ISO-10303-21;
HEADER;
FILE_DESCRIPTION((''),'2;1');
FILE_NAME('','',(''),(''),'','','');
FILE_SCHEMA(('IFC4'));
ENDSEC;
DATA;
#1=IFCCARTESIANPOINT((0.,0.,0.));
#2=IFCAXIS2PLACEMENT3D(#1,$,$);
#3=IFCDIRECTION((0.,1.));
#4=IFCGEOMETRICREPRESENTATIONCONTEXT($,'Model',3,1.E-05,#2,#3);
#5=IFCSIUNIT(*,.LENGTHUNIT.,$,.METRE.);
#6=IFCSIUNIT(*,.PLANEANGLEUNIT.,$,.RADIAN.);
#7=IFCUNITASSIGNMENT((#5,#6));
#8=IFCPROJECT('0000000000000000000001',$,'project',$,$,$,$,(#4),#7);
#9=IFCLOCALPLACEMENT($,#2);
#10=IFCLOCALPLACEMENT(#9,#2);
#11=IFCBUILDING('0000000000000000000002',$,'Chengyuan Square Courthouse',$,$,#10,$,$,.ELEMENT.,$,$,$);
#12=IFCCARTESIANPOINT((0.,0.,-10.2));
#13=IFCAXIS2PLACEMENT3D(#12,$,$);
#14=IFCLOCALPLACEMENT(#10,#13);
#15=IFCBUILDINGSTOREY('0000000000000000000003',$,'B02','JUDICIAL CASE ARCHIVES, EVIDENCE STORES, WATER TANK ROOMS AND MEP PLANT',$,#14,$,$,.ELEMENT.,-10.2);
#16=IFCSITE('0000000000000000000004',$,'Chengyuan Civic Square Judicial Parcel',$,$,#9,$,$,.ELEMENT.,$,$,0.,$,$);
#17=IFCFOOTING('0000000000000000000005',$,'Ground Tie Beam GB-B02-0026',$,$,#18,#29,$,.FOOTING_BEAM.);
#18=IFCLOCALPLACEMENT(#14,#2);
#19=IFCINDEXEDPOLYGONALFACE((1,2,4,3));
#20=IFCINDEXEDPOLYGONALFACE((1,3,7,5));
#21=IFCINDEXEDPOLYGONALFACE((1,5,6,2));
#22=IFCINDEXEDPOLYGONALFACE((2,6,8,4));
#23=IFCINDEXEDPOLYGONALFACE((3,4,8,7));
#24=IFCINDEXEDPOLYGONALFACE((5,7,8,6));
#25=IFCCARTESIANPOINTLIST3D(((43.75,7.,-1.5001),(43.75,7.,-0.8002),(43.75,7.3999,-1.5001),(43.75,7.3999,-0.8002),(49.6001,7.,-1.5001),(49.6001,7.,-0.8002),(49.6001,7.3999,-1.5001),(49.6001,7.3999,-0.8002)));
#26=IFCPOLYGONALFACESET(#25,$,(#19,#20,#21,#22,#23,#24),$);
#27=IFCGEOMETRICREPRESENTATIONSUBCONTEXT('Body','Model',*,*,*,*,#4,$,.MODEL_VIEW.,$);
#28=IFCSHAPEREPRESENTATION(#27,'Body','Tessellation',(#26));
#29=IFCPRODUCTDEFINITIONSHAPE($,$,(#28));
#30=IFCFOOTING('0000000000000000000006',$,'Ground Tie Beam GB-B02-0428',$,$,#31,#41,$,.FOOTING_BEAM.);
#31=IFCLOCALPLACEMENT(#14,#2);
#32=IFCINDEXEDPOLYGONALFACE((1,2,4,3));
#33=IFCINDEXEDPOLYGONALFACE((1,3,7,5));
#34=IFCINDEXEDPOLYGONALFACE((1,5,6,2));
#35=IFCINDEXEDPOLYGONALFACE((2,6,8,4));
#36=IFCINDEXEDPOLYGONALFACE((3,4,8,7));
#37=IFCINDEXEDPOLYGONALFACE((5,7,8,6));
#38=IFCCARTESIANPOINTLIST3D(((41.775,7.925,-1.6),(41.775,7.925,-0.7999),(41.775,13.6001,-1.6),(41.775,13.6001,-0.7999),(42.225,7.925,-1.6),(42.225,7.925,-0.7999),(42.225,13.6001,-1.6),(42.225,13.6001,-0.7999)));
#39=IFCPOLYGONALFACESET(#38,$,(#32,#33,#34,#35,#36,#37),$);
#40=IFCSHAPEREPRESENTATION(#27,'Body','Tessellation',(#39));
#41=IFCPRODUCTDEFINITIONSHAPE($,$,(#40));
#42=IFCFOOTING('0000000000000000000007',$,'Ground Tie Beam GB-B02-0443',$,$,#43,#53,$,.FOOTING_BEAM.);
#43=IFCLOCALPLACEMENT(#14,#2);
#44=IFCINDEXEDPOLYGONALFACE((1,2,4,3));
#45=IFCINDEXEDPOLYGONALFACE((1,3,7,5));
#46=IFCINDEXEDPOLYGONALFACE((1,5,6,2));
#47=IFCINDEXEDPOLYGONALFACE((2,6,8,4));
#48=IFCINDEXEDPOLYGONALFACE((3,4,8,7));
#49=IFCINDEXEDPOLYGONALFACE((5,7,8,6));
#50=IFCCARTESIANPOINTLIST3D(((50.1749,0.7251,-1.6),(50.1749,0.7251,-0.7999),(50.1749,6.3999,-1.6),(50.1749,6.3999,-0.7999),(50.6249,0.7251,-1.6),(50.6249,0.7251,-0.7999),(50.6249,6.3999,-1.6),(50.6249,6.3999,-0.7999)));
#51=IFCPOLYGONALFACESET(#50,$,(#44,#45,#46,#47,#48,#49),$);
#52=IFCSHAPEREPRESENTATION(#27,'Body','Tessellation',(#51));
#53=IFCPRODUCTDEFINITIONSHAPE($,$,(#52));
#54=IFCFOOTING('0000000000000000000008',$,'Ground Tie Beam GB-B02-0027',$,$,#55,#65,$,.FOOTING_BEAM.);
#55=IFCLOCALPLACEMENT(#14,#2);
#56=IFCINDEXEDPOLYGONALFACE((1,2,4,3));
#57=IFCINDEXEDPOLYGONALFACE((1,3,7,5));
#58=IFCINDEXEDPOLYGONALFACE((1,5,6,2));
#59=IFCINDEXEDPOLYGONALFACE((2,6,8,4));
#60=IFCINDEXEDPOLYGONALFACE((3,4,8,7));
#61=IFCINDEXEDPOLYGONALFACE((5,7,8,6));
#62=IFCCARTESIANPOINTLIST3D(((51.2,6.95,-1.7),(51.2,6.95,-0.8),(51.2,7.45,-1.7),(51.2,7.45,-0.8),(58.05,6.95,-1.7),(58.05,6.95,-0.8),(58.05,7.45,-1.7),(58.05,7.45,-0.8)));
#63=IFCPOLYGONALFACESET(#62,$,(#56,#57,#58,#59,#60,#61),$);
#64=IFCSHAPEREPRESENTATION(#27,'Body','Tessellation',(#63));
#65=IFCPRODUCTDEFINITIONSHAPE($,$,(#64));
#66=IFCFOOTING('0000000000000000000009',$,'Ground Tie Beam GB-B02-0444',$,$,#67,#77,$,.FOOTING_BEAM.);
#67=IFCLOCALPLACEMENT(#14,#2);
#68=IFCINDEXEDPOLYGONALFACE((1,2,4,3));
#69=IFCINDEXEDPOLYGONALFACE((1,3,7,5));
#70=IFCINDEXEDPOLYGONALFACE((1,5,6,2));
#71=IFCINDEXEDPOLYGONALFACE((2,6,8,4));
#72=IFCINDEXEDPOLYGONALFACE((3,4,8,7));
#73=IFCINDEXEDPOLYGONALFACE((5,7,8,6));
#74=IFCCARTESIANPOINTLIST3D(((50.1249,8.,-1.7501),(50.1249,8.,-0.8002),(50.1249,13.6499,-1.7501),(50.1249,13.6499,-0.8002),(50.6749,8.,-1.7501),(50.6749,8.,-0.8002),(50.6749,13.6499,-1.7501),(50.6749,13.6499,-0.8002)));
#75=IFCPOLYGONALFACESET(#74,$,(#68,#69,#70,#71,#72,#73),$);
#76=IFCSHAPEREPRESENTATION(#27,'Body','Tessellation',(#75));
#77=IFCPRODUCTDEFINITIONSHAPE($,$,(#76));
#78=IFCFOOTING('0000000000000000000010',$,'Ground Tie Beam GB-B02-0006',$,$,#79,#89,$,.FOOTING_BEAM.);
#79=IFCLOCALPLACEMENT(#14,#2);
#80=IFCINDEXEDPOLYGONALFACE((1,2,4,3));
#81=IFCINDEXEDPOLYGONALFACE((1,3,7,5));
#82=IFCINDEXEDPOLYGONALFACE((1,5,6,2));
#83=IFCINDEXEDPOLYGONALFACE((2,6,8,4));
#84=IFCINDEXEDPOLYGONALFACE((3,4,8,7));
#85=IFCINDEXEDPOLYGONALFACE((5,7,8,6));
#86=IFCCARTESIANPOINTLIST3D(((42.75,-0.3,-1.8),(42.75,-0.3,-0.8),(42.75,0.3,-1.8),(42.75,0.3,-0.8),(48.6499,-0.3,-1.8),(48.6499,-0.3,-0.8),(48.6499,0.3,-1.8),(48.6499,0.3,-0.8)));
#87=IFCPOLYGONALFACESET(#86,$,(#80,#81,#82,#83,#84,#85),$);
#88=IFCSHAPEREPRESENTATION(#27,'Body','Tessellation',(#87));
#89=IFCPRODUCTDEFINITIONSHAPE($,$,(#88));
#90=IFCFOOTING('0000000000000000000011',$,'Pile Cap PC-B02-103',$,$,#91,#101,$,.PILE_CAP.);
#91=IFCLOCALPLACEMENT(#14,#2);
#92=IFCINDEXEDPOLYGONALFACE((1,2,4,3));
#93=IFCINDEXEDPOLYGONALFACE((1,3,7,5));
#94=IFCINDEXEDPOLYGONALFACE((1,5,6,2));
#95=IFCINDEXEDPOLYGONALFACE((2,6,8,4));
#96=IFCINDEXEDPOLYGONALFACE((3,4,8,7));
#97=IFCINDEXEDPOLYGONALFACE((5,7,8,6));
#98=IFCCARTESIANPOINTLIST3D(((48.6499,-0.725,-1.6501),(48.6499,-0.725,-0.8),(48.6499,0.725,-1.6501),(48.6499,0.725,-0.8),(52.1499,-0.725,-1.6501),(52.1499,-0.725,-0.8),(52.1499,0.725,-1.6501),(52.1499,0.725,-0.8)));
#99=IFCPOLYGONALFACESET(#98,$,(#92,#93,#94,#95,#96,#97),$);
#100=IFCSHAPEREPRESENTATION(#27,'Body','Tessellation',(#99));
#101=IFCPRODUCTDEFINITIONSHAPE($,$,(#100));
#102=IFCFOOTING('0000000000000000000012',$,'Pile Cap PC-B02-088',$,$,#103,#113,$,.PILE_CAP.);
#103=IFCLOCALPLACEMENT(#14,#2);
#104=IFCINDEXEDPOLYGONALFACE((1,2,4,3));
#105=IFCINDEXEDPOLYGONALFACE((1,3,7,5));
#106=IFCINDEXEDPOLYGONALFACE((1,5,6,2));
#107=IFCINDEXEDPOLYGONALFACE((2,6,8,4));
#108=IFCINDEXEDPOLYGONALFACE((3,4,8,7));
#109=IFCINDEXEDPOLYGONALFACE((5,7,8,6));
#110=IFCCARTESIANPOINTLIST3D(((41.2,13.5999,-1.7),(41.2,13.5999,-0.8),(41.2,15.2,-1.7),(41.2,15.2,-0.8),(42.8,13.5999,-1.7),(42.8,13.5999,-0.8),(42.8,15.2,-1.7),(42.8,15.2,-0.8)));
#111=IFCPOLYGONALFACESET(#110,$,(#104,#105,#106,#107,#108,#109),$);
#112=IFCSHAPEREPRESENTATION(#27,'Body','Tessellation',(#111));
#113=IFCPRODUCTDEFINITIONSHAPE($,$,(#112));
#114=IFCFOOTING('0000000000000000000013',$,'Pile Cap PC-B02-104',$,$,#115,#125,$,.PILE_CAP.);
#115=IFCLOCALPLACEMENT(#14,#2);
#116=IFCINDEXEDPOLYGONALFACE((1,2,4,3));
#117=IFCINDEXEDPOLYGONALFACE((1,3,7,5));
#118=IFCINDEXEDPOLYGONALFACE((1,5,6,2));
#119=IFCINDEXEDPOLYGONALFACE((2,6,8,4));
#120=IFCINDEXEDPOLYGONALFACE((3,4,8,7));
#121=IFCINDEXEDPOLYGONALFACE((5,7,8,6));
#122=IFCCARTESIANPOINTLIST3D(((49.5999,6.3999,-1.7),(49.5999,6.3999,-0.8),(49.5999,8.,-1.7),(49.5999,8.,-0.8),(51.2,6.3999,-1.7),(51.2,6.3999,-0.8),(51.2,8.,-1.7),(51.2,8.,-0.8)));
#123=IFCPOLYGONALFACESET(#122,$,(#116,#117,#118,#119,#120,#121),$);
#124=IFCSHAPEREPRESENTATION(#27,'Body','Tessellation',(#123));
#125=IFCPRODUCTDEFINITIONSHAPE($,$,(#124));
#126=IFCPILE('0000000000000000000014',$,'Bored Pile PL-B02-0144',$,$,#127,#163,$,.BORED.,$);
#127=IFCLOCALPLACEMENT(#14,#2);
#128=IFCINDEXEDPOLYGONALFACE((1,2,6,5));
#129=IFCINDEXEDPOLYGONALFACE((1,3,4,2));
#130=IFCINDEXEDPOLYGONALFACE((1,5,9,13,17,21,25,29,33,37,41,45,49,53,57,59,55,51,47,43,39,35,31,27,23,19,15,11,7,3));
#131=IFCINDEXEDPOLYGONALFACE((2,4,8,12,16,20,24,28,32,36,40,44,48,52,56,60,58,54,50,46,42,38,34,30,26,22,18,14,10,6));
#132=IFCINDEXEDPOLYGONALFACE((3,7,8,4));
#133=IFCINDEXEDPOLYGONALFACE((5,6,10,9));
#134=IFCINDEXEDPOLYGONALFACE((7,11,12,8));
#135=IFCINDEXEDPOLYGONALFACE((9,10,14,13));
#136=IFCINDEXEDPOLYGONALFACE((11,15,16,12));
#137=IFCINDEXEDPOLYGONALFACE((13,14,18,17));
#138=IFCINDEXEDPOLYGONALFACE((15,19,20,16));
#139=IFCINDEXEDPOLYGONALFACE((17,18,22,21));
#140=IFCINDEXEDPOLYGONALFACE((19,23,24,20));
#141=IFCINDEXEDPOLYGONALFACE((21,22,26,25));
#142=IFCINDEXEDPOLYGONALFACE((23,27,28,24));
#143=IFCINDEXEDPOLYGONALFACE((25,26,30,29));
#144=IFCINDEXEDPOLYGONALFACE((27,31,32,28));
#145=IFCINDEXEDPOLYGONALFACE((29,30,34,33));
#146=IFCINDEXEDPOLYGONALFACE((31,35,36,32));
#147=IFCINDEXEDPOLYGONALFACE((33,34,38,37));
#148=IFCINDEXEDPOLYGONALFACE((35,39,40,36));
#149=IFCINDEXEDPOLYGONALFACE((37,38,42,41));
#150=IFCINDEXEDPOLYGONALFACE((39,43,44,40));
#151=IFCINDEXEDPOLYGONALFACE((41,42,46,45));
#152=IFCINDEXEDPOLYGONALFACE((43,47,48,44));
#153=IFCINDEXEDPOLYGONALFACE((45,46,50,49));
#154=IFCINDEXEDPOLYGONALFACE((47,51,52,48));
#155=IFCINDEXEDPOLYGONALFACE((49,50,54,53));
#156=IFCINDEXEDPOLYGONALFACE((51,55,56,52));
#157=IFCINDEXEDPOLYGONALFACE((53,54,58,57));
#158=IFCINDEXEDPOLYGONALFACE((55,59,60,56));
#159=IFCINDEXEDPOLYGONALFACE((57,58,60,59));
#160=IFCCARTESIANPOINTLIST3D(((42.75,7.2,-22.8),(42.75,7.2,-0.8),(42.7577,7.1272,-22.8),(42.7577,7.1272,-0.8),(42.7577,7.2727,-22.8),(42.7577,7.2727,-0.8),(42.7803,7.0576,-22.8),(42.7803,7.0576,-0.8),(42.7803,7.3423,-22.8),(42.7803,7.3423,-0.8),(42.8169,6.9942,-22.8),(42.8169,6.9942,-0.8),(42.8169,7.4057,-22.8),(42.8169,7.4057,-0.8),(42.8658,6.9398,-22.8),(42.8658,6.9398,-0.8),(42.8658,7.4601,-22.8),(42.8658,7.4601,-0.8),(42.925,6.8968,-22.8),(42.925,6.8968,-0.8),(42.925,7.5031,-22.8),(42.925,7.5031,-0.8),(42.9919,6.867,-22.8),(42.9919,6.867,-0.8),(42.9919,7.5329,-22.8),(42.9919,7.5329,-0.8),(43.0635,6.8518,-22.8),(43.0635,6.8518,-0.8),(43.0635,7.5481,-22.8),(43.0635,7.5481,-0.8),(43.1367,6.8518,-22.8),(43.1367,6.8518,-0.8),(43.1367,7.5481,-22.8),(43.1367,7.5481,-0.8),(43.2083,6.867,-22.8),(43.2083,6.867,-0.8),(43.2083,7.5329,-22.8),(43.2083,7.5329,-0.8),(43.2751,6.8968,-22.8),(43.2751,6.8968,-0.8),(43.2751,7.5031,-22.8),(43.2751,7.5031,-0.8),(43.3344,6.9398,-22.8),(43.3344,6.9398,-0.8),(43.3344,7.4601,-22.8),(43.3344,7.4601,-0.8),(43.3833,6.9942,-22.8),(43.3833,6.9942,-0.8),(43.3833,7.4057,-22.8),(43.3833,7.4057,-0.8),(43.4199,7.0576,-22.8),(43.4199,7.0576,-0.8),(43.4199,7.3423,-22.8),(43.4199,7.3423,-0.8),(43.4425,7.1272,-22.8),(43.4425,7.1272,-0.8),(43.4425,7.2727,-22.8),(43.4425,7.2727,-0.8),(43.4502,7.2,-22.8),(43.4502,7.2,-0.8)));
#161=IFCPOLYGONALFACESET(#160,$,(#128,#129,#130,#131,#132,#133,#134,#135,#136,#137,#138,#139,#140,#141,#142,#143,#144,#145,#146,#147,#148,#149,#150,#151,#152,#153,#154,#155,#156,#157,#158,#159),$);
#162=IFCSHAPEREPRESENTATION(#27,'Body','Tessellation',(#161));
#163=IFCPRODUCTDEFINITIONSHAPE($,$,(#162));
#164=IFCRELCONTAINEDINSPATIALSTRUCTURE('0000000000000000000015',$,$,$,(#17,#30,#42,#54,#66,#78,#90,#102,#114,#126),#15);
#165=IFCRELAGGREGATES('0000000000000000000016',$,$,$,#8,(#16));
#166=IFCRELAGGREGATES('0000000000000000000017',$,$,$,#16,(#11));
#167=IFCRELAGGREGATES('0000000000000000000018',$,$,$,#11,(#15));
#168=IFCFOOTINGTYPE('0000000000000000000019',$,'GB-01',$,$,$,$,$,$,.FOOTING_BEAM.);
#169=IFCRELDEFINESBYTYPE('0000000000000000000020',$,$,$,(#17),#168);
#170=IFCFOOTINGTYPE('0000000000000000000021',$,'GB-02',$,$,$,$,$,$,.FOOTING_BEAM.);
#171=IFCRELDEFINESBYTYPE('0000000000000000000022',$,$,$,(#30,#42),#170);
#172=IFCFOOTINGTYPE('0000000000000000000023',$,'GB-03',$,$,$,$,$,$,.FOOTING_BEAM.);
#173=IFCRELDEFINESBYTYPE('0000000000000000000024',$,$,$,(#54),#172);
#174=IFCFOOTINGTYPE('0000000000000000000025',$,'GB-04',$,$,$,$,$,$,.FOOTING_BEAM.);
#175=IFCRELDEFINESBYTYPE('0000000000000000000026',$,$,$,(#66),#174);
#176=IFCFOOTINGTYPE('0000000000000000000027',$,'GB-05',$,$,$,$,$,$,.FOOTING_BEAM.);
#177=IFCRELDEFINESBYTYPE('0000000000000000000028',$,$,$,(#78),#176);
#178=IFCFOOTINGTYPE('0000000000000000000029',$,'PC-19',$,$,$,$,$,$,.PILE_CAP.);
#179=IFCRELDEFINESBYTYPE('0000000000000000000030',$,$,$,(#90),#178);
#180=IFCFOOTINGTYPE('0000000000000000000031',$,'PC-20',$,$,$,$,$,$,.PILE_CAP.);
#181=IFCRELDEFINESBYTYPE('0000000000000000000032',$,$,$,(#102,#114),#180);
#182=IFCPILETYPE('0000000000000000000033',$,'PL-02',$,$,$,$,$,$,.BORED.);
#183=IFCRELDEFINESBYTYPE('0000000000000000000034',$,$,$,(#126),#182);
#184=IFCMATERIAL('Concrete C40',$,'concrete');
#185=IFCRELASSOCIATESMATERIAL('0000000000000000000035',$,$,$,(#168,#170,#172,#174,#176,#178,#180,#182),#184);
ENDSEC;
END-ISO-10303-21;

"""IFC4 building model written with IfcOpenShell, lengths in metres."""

from ifc_helpers import new_model, si_unit, direction, frame, origin, origin_2d, place, context, subcontext, project, spatial, rectangle, circle, extrude, material, material_profile, profile_set, type_object, element, save


model = new_model("IFC4")

# Units and contexts
model_context = context("Model", 3, precision=1e-05, world=origin(), true_north=direction((0.0, 1.0)))
body_context = subcontext(model_context, "Body", "Model", "MODEL_VIEW")
ifc_project = project(units=[si_unit("LENGTHUNIT", "METRE"), si_unit("PLANEANGLEUNIT", "RADIAN")], contexts=[model_context])

# Site, building, storey
site_placement = place(None, origin())
site = spatial("IfcSite", under=ifc_project, at=site_placement, Name="Chengyuan Civic Square Judicial Parcel", CompositionType="ELEMENT", RefElevation=0.0)
building_placement = place(site_placement, origin())
building = spatial("IfcBuilding", under=site, at=building_placement, Name="Chengyuan Square Courthouse", CompositionType="ELEMENT")
storey_placement = place(building_placement, frame((0.0, 0.0, -10.2)))
storey = spatial("IfcBuildingStorey", under=building, at=storey_placement, Name="B02", Description="JUDICIAL CASE ARCHIVES, EVIDENCE STORES, WATER TANK ROOMS AND MEP PLANT", CompositionType="ELEMENT", Elevation=-10.2)

# Footings
ifc_material_1 = material(Name="Concrete C40", Category="concrete")
ifc_material_profile_1 = material_profile(ifc_material_1, rectangle(XDim=0.3999, YDim=0.7, at=origin_2d()), Name="GB-400x700")
ifc_profile_set_1 = profile_set([ifc_material_profile_1], Name="Concrete C40")
footing_type_1 = type_object("IfcFootingType", Name="GB-01", PredefinedType="FOOTING_BEAM", material=ifc_profile_set_1)
footing_1_placement = place(storey_placement, frame((43.75, 7.2, -1.1501), z_axis=(1.0, 0.0, 0.0), x_axis=(0.0, 1.0, 0.0)))
element("IfcFooting", 1, at=footing_1_placement, inside=storey, type_object=footing_type_1, Name="Ground Tie Beam GB-B02-0026", PredefinedType="FOOTING_BEAM", context=body_context, shape_type="SweptSolid", body=[
    extrude(rectangle(XDim=0.3999, YDim=0.7, at=origin_2d()), origin(), (0.0, 0.0, 1.0), 5.8501),
])
ifc_material_profile_2 = material_profile(ifc_material_1, rectangle(XDim=0.45, YDim=0.8, at=origin_2d()), Name="GB-450x800")
ifc_profile_set_2 = profile_set([ifc_material_profile_2], Name="Concrete C40")
footing_type_2 = type_object("IfcFootingType", Name="GB-02", PredefinedType="FOOTING_BEAM", material=ifc_profile_set_2)
footing_2_placement = place(storey_placement, frame((42.0, 7.925, -1.2), z_axis=(0.0, 1.0, 0.0), x_axis=(-1.0, 0.0, 0.0)))
element("IfcFooting", 2, at=footing_2_placement, inside=storey, type_object=footing_type_2, Name="Ground Tie Beam GB-B02-0428", PredefinedType="FOOTING_BEAM", context=body_context, shape_type="SweptSolid", body=[
    extrude(rectangle(XDim=0.45, YDim=0.8, at=origin_2d()), origin(), (0.0, 0.0, 1.0), 5.675),
])
footing_3_placement = place(storey_placement, frame((50.3999, 0.7251, -1.2), z_axis=(0.0, 1.0, 0.0), x_axis=(-1.0, 0.0, 0.0)))
element("IfcFooting", 3, at=footing_3_placement, inside=storey, type_object=footing_type_2, Name="Ground Tie Beam GB-B02-0443", PredefinedType="FOOTING_BEAM", context=body_context, shape_type="SweptSolid", body=[
    extrude(rectangle(XDim=0.45, YDim=0.8, at=origin_2d()), origin(), (0.0, 0.0, 1.0), 5.6748),
])
ifc_material_profile_3 = material_profile(ifc_material_1, rectangle(XDim=0.5, YDim=0.8999, at=origin_2d()), Name="GB-500x900")
ifc_profile_set_3 = profile_set([ifc_material_profile_3], Name="Concrete C40")
footing_type_3 = type_object("IfcFootingType", Name="GB-03", PredefinedType="FOOTING_BEAM", material=ifc_profile_set_3)
footing_4_placement = place(storey_placement, frame((51.2, 7.2, -1.25), z_axis=(1.0, 0.0, 0.0), x_axis=(0.0, 1.0, 0.0)))
element("IfcFooting", 4, at=footing_4_placement, inside=storey, type_object=footing_type_3, Name="Ground Tie Beam GB-B02-0027", PredefinedType="FOOTING_BEAM", context=body_context, shape_type="SweptSolid", body=[
    extrude(rectangle(XDim=0.5, YDim=0.8999, at=origin_2d()), origin(), (0.0, 0.0, 1.0), 6.8501),
])
ifc_material_profile_4 = material_profile(ifc_material_1, rectangle(XDim=0.55, YDim=0.95, at=origin_2d()), Name="GB-550x950")
ifc_profile_set_4 = profile_set([ifc_material_profile_4], Name="Concrete C40")
footing_type_4 = type_object("IfcFootingType", Name="GB-04", PredefinedType="FOOTING_BEAM", material=ifc_profile_set_4)
footing_5_placement = place(storey_placement, frame((50.3999, 8.0, -1.2751), z_axis=(0.0, 1.0, 0.0), x_axis=(-1.0, 0.0, 0.0)))
element("IfcFooting", 5, at=footing_5_placement, inside=storey, type_object=footing_type_4, Name="Ground Tie Beam GB-B02-0444", PredefinedType="FOOTING_BEAM", context=body_context, shape_type="SweptSolid", body=[
    extrude(rectangle(XDim=0.55, YDim=0.95, at=origin_2d()), origin(), (0.0, 0.0, 1.0), 5.6499),
])
ifc_material_profile_5 = material_profile(ifc_material_1, rectangle(XDim=0.6001, YDim=1.0, at=origin_2d()), Name="GB-600x1000")
ifc_profile_set_5 = profile_set([ifc_material_profile_5], Name="Concrete C40")
footing_type_5 = type_object("IfcFootingType", Name="GB-05", PredefinedType="FOOTING_BEAM", material=ifc_profile_set_5)
footing_6_placement = place(storey_placement, frame((42.75, 0.0, -1.3), z_axis=(1.0, 0.0, 0.0), x_axis=(0.0, 1.0, 0.0)))
element("IfcFooting", 6, at=footing_6_placement, inside=storey, type_object=footing_type_5, Name="Ground Tie Beam GB-B02-0006", PredefinedType="FOOTING_BEAM", context=body_context, shape_type="SweptSolid", body=[
    extrude(rectangle(XDim=0.6001, YDim=1.0, at=origin_2d()), origin(), (0.0, 0.0, 1.0), 5.8999),
])
footing_type_6 = type_object("IfcFootingType", Name="PC-19", PredefinedType="PILE_CAP", material=ifc_material_1)
footing_7_placement = place(storey_placement, frame((50.3999, 0.0, -1.6501), z_axis=(0.0, 0.0, 1.0), x_axis=(1.0, 0.0, 0.0)))
element("IfcFooting", 7, at=footing_7_placement, inside=storey, type_object=footing_type_6, Name="Pile Cap PC-B02-103", PredefinedType="PILE_CAP", context=body_context, shape_type="SweptSolid", body=[
    extrude(rectangle(XDim=3.5, YDim=1.45, at=origin_2d()), origin(), (0.0, 0.0, 1.0), 0.8501),
])
footing_type_7 = type_object("IfcFootingType", Name="PC-20", PredefinedType="PILE_CAP", material=ifc_material_1)
for number, where, z_axis, x_axis, name in (
    (8, (42.0, 14.3999, -1.7), (0.0, 0.0, 1.0), (1.0, 0.0, 0.0), "Pile Cap PC-B02-088"),
    (9, (50.3999, 7.2, -1.7), (0.0, 0.0, 1.0), (1.0, 0.0, 0.0), "Pile Cap PC-B02-104"),
):
    element("IfcFooting", number, at=place(storey_placement, frame(where, z_axis=z_axis, x_axis=x_axis)), inside=storey, type_object=footing_type_7, Name=name, PredefinedType="PILE_CAP", context=body_context, shape_type="SweptSolid", body=[
        extrude(rectangle(XDim=1.6001, YDim=1.6001, at=origin_2d()), origin(), (0.0, 0.0, 1.0), 0.8999),
    ])

# Pile
ifc_material_profile_6 = material_profile(ifc_material_1, circle(Radius=0.3501, at=origin_2d()), Name="BORED PILE D700")
ifc_profile_set_6 = profile_set([ifc_material_profile_6], Name="Concrete C40")
pile_type = type_object("IfcPileType", Name="PL-02", PredefinedType="BORED", material=ifc_profile_set_6)
for number, where, z_axis, x_axis, name in (
    (10, (43.1001, 7.2, -0.8), (0.0, 0.0, -1.0), (1.0, 0.0, 0.0), "Bored Pile PL-B02-0144"),
):
    element("IfcPile", number, at=place(storey_placement, frame(where, z_axis=z_axis, x_axis=x_axis)), inside=storey, type_object=pile_type, Name=name, PredefinedType="BORED", context=body_context, shape_type="SweptSolid", body=[
        extrude(circle(Radius=0.3501, at=origin_2d()), origin(), (0.0, 0.0, 1.0), 22.0),
    ])

save(model, "model.ifc")
